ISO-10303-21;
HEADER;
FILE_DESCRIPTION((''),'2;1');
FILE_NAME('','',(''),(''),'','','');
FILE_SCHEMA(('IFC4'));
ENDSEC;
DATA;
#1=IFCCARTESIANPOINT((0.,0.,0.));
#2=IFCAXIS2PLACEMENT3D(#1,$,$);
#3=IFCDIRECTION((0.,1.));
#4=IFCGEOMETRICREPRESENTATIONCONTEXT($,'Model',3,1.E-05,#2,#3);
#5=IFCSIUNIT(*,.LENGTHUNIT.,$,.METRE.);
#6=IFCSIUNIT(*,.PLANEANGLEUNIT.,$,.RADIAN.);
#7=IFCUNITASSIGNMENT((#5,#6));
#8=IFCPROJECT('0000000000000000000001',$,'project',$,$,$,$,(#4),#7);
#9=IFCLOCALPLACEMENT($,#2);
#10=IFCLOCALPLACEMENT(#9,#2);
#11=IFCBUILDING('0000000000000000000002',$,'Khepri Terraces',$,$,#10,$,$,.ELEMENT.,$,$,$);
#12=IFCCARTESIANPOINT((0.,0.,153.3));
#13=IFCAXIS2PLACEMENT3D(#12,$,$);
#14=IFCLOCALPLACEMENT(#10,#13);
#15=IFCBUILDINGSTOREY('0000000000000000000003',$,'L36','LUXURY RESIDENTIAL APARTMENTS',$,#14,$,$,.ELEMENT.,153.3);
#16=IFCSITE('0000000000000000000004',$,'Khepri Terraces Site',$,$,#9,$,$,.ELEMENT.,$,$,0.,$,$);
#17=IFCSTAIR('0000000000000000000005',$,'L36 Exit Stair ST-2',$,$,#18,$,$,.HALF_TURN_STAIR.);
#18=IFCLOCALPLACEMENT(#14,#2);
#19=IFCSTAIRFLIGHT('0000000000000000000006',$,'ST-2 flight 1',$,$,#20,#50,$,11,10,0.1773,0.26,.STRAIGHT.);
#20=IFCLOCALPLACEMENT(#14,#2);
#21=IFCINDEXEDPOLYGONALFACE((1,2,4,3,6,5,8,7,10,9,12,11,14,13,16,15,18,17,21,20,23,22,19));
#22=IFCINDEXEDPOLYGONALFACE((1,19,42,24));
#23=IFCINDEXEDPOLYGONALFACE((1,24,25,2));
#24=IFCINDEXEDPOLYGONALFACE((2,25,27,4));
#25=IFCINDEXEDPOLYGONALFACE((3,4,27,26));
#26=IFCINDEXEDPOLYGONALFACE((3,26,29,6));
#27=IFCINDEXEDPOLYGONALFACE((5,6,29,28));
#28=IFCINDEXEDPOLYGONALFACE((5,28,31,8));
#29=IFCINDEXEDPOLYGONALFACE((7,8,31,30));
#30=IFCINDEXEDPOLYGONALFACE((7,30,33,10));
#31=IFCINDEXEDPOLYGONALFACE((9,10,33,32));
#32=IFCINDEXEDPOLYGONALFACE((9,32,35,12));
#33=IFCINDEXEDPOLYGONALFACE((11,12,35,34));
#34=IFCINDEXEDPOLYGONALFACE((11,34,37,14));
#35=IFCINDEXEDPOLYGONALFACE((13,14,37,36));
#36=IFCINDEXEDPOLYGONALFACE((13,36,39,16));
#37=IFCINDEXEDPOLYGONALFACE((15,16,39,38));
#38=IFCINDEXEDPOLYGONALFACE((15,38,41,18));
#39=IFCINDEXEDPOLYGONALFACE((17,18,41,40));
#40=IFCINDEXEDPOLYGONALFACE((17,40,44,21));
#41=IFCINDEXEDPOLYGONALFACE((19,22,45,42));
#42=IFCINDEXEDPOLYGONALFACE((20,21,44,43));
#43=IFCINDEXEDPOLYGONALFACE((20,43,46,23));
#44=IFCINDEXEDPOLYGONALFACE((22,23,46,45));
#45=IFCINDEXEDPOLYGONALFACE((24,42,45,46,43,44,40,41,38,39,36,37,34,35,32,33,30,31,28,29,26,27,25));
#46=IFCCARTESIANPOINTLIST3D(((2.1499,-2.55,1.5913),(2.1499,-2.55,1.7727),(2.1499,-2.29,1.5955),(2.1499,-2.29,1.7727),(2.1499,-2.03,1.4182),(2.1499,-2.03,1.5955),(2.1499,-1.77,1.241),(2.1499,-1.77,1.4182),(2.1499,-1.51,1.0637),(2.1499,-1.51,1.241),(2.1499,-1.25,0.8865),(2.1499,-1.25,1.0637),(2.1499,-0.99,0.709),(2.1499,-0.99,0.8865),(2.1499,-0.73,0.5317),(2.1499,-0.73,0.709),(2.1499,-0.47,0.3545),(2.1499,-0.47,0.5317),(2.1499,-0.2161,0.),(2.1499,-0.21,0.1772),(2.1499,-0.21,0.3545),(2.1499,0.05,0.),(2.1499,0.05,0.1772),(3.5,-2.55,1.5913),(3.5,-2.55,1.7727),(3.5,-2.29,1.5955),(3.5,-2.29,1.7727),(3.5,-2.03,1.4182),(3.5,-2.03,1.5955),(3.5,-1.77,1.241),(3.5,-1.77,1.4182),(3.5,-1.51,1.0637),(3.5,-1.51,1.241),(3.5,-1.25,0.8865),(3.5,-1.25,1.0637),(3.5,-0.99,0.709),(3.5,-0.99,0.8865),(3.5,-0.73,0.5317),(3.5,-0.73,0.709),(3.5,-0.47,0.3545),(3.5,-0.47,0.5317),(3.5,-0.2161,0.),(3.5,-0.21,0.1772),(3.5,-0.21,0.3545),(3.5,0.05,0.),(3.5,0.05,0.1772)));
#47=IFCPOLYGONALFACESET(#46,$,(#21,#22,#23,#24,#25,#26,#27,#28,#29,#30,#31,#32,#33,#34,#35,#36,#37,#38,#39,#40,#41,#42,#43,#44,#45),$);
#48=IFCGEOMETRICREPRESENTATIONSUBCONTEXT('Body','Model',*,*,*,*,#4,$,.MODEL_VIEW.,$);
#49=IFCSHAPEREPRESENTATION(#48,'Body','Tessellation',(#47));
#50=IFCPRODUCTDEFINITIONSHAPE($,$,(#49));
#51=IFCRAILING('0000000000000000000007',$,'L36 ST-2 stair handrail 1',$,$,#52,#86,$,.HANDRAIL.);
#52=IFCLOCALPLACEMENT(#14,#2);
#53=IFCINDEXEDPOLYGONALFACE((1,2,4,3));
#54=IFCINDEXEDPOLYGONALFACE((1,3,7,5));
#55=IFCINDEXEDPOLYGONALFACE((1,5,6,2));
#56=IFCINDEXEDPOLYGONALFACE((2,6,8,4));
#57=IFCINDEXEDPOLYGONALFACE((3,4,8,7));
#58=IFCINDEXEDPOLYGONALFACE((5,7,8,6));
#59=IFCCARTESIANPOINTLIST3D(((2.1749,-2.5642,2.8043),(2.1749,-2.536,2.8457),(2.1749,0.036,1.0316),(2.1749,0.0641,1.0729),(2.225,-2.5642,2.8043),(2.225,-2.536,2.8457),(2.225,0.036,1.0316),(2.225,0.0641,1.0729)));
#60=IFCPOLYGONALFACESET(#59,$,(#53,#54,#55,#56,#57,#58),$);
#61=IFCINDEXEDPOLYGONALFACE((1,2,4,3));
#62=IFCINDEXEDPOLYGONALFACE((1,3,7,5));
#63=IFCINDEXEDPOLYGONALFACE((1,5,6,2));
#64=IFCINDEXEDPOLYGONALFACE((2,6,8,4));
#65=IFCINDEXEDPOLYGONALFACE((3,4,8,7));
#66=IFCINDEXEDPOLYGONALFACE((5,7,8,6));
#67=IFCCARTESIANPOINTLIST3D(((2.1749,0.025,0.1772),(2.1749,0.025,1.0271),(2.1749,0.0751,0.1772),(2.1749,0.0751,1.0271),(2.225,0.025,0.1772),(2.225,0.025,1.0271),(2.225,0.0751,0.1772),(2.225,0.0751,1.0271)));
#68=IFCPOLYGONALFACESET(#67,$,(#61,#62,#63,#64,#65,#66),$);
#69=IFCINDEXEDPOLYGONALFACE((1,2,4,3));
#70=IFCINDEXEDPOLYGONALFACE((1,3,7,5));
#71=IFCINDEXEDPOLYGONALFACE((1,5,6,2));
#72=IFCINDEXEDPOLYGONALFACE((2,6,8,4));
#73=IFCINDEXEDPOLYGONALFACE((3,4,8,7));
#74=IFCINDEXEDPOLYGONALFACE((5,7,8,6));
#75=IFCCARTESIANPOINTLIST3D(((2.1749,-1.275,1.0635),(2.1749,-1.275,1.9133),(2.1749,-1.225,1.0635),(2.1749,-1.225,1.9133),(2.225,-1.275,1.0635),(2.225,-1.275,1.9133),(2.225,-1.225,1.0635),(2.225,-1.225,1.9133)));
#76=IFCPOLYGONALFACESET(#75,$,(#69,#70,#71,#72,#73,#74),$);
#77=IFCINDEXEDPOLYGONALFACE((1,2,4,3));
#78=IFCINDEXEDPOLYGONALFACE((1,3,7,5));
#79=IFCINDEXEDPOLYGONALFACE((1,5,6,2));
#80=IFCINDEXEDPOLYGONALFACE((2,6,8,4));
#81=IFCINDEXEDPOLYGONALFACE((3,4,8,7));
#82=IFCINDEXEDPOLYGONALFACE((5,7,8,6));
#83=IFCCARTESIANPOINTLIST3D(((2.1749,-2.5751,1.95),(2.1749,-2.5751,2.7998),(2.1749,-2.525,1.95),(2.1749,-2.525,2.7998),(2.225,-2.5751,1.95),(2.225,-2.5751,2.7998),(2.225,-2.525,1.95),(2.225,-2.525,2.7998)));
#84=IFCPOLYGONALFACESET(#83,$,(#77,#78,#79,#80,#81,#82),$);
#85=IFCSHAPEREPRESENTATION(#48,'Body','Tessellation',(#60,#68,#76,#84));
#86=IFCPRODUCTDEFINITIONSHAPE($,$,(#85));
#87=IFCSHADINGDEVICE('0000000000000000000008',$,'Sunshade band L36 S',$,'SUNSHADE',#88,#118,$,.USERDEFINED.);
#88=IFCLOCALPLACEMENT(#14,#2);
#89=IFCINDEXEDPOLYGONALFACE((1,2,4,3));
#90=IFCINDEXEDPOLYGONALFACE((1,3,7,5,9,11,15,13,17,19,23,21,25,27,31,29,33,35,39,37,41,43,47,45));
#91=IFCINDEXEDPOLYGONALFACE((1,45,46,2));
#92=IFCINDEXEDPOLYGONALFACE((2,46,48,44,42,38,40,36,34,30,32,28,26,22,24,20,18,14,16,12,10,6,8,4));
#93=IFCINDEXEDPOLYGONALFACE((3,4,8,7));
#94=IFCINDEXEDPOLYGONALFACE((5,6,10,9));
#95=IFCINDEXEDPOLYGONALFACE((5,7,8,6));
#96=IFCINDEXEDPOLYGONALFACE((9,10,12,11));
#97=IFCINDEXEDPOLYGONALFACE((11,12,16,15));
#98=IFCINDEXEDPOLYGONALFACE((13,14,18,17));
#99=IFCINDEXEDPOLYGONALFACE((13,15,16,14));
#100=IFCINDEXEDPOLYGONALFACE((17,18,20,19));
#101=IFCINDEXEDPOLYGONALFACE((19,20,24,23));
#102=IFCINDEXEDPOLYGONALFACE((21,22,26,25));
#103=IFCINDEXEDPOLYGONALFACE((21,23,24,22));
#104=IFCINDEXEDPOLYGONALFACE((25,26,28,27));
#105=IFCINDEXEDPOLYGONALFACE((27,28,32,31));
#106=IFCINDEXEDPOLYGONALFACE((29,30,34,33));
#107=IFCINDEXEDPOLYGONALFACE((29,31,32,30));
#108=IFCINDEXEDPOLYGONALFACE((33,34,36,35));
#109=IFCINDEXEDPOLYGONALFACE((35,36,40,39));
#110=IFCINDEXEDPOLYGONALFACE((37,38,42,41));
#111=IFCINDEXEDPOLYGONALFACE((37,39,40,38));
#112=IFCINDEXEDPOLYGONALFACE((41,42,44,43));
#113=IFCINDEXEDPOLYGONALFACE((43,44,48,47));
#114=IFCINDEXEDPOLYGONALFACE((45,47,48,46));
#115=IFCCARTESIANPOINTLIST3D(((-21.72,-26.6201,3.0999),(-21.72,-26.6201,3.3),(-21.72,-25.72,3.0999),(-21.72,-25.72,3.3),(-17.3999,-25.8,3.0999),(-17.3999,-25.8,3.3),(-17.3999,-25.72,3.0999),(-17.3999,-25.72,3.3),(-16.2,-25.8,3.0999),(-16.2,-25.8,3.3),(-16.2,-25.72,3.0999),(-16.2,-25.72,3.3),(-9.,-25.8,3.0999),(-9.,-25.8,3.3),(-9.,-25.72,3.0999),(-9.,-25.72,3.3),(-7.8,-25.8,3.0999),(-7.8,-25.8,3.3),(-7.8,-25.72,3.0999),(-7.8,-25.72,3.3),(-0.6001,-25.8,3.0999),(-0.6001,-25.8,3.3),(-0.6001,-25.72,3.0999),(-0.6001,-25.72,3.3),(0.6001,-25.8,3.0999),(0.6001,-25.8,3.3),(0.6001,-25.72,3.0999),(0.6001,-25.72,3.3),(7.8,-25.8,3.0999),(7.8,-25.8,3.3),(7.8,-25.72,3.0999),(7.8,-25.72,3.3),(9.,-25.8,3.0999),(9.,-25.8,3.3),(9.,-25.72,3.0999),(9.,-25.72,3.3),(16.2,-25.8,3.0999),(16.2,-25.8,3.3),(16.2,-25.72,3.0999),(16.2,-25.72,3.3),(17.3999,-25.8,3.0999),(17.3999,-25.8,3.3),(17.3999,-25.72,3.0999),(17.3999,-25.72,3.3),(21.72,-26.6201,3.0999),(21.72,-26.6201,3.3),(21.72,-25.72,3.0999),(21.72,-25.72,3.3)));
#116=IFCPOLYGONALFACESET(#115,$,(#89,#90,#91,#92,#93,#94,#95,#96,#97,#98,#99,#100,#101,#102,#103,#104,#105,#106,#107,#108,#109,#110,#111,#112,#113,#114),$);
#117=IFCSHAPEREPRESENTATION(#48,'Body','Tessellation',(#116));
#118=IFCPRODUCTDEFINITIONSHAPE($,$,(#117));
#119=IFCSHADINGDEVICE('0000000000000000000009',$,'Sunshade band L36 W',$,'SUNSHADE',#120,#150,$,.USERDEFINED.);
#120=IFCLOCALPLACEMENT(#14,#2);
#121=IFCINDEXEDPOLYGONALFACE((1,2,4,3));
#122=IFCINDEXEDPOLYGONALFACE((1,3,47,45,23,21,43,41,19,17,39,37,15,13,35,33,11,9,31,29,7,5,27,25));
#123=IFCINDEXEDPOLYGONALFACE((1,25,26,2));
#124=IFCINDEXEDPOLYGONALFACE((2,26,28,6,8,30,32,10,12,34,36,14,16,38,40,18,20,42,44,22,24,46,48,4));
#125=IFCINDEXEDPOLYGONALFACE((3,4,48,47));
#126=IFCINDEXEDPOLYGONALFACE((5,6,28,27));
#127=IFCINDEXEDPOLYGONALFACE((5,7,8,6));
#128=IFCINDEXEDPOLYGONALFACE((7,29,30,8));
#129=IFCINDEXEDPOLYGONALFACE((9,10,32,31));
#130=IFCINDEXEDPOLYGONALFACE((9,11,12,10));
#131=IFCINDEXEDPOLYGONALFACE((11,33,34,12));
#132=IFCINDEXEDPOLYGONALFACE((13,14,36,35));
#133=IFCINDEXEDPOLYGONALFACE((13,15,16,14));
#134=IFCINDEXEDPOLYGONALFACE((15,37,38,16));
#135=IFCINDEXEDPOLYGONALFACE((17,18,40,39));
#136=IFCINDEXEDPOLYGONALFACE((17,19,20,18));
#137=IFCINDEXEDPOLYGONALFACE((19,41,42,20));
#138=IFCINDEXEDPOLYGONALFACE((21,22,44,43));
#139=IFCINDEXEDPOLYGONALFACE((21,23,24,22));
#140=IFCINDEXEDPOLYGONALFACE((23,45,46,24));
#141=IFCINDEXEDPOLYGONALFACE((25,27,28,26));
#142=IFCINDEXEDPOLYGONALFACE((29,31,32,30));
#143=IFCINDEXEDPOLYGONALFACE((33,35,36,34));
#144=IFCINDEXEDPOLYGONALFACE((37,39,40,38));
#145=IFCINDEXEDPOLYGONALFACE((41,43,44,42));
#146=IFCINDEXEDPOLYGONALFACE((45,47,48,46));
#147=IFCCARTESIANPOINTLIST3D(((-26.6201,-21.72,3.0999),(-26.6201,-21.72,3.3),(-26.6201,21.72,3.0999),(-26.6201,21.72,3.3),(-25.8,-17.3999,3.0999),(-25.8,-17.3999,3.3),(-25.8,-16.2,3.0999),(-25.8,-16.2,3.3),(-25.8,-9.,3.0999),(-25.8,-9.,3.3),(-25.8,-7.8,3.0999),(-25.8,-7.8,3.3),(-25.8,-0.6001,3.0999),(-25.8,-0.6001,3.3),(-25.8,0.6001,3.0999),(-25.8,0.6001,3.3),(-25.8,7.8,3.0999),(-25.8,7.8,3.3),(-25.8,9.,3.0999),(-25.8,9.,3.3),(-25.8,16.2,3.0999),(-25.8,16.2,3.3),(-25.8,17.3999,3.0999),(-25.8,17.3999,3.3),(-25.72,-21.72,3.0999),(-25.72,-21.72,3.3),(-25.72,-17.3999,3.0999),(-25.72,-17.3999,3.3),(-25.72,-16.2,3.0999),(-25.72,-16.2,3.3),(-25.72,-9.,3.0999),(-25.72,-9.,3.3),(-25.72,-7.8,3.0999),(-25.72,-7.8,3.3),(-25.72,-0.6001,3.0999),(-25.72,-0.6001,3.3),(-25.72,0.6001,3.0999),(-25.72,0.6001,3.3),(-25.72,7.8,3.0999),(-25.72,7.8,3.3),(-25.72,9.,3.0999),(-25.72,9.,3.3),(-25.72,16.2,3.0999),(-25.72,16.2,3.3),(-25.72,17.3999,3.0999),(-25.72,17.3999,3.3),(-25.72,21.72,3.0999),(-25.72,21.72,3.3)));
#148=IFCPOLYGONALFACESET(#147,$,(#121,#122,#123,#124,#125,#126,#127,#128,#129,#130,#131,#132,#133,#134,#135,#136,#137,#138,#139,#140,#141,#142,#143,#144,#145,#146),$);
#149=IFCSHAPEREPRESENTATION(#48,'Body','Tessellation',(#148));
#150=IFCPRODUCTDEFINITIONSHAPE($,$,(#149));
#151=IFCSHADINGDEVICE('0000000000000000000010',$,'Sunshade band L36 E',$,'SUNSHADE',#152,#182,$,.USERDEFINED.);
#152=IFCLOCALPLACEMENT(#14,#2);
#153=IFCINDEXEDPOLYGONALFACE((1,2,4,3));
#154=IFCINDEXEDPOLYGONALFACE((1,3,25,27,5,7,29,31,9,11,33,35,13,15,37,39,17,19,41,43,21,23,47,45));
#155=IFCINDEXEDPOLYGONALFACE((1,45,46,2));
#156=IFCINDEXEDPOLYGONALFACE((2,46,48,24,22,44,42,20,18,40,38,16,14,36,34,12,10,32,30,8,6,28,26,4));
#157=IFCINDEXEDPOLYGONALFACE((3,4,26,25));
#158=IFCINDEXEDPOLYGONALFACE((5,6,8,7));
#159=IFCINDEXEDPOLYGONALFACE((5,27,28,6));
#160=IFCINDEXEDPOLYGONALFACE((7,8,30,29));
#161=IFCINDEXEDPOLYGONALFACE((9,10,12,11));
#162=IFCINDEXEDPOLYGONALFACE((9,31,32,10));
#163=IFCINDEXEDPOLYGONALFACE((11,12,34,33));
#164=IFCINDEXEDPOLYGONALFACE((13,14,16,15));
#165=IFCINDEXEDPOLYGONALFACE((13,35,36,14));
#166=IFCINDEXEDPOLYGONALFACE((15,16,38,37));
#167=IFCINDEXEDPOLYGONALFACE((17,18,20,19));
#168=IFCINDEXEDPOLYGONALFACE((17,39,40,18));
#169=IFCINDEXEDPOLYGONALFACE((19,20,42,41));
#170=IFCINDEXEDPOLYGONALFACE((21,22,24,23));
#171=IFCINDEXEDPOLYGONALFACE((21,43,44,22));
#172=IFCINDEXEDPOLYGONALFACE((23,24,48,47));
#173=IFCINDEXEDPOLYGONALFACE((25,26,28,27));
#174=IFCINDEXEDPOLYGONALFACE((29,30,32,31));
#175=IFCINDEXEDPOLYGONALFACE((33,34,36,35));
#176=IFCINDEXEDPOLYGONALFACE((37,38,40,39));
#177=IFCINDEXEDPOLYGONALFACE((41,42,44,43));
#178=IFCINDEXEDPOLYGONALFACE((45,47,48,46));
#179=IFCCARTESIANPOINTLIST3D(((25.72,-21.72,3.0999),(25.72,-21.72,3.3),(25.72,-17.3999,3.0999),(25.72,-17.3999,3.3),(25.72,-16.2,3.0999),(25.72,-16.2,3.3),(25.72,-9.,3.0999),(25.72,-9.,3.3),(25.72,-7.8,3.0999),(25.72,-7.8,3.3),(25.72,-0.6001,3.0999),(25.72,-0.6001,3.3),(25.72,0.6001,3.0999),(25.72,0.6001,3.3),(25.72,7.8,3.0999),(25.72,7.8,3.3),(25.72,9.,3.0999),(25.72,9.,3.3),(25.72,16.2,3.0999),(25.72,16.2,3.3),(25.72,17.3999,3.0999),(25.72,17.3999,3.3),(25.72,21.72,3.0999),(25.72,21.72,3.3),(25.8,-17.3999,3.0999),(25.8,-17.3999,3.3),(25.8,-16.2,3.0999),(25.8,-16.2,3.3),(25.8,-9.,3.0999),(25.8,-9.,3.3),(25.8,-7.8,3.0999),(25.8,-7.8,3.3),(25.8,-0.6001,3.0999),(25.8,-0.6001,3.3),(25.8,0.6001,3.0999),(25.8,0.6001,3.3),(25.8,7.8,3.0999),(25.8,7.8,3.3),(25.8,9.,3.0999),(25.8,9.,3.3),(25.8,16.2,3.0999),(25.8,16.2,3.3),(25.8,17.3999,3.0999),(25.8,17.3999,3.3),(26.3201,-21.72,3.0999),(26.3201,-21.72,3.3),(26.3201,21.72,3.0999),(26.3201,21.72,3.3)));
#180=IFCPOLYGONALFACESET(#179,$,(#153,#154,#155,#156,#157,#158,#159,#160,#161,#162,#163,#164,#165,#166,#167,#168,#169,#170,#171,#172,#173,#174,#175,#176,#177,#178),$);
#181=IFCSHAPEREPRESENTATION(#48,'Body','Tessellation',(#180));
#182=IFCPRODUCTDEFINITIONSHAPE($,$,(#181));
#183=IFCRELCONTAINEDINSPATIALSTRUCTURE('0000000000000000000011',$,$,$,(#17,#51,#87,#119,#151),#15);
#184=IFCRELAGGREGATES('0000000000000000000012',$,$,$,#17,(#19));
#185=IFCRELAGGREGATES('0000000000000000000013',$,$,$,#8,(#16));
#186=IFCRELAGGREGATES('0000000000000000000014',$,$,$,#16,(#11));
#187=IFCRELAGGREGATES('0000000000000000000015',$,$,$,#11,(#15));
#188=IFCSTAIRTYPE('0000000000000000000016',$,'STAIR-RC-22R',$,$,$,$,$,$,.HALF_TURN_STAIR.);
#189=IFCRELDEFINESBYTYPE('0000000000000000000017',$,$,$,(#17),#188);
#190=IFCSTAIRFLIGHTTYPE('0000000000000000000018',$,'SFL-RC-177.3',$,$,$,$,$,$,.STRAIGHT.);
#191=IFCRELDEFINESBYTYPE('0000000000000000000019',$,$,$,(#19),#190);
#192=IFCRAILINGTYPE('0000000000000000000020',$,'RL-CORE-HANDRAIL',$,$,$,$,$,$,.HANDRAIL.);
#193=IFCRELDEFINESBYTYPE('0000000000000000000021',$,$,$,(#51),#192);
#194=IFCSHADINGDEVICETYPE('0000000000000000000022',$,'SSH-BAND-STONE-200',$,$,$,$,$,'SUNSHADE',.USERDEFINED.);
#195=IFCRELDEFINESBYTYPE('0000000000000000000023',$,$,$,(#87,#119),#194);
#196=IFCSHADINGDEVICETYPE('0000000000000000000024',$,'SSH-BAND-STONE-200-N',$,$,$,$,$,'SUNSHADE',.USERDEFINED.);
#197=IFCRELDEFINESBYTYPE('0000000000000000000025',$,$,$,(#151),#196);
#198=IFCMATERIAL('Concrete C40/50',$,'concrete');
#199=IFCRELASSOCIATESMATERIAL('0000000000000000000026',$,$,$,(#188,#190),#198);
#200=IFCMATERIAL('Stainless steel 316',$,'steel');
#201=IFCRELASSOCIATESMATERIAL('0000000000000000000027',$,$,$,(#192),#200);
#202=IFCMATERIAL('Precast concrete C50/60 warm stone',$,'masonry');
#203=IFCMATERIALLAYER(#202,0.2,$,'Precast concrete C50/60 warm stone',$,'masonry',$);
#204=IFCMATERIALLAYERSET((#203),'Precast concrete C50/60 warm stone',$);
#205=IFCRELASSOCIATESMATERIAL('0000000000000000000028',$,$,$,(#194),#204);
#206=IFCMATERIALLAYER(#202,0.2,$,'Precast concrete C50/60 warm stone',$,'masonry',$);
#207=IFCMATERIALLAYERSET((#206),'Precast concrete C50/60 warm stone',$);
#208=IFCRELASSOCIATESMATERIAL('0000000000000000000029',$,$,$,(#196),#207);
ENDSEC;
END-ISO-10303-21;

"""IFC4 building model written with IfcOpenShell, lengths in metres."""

from ifc_helpers import new_model, si_unit, direction, frame, origin, origin_2d, place, context, subcontext, project, spatial, polyline, rectangle, outline, extrude, material, layer, layer_set, type_object, element, aggregate, save


model = new_model("IFC4")

# Units and contexts
model_context = context("Model", 3, precision=1e-05, world=origin(), true_north=direction((0.0, 1.0)))
body_context = subcontext(model_context, "Body", "Model", "MODEL_VIEW")
ifc_project = project(units=[si_unit("LENGTHUNIT", "METRE"), si_unit("PLANEANGLEUNIT", "RADIAN")], contexts=[model_context])

# Site, building, storey
site_placement = place(None, origin())
site = spatial("IfcSite", under=ifc_project, at=site_placement, Name="Khepri Terraces Site", CompositionType="ELEMENT", RefElevation=0.0)
building_placement = place(site_placement, origin())
building = spatial("IfcBuilding", under=site, at=building_placement, Name="Khepri Terraces", CompositionType="ELEMENT")
storey_placement = place(building_placement, frame((0.0, 0.0, 153.3)))
storey = spatial("IfcBuildingStorey", under=building, at=storey_placement, Name="L36", Description="LUXURY RESIDENTIAL APARTMENTS", CompositionType="ELEMENT", Elevation=153.3)

# Stair
ifc_material_1 = material(Name="Concrete C40/50", Category="concrete")
stair_type = type_object("IfcStairType", Name="STAIR-RC-22R", PredefinedType="HALF_TURN_STAIR", material=ifc_material_1)
stair_1_placement = place(storey_placement, origin())
stair_1 = element("IfcStair", 1, at=stair_1_placement, inside=storey, type_object=stair_type, Name="L36 Exit Stair ST-2", PredefinedType="HALF_TURN_STAIR")

# Stair flight
stair_flight_type = type_object("IfcStairFlightType", Name="SFL-RC-177.3", PredefinedType="STRAIGHT", material=ifc_material_1)
stair_flight_placement = place(storey_placement, frame((2.825, 0.05, 0.0), z_axis=(0.0, 0.0, 1.0), x_axis=(0.0, -1.0, 0.0)))
stair_flight = element("IfcStairFlight", 2, at=stair_flight_placement, type_object=stair_flight_type, Name="ST-2 flight 1", NumberOfRisers=11, NumberOfTreads=10, PredefinedType="STRAIGHT", RiserHeight=0.1773, TreadLength=0.26, context=body_context, shape_type="SweptSolid", body=[
    extrude(outline(polyline([(0.0, 0.0), (0.0, 0.1772), (0.26, 0.1772), (0.26, 0.3545), (0.52, 0.3545), (0.52, 0.5317), (0.78, 0.5317), (0.78, 0.709), (1.04, 0.709), (1.04, 0.8865), (1.3, 0.8865), (1.3, 1.0637), (1.5601, 1.0637), (1.5601, 1.241), (1.8201, 1.241), (1.8201, 1.4182), (2.0801, 1.4182), (2.0801, 1.5955), (2.3401, 1.5955), (2.3401, 1.7727), (2.6001, 1.7727), (2.6001, 1.95), (2.6001, 1.5913), (0.2661, 0.0), (0.0, 0.0)])), frame((0.0, 0.675, 0.0), z_axis=(0.0, -1.0, 0.0), x_axis=(1.0, 0.0, 0.0)), (0.0, 0.0, 1.0), 1.3501),
])
aggregate(stair_1, [stair_flight])

# Railing
ifc_material_2 = material(Name="Stainless steel 316", Category="steel")
railing_type = type_object("IfcRailingType", Name="RL-CORE-HANDRAIL", PredefinedType="HANDRAIL", material=ifc_material_2)
railing_placement = place(storey_placement, frame((2.2, 0.05, 0.1772)))
element("IfcRailing", 3, at=railing_placement, inside=storey, type_object=railing_type, Name="L36 ST-2 stair handrail 1", PredefinedType="HANDRAIL", context=body_context, shape_type="SweptSolid", body=[
    extrude(rectangle(XDim=0.05, YDim=0.05, at=origin_2d()), frame((0.0, 0.0, 0.875), z_axis=(0.0, -0.82624, 0.563318), x_axis=(1.0, 0.0, 0.0)), (0.0, 0.0, 1.0), 3.147),
    extrude(rectangle(XDim=0.05, YDim=0.05, at=origin_2d()), origin(), (0.0, 0.0, 1.0), 0.8499),
    extrude(rectangle(XDim=0.05, YDim=0.05, at=origin_2d()), frame((0.0, -1.3, 0.8862)), (0.0, 0.0, 1.0), 0.8499),
    extrude(rectangle(XDim=0.05, YDim=0.05, at=origin_2d()), frame((0.0, -2.6001, 1.7727)), (0.0, 0.0, 1.0), 0.8499),
])

# Shading devices
ifc_material_3 = material(Name="Precast concrete C50/60 warm stone", Category="masonry")
ifc_layer_1 = layer(ifc_material_3, 0.2, Name="Precast concrete C50/60 warm stone", Category="masonry")
ifc_layer_set_1 = layer_set([ifc_layer_1], Name="Precast concrete C50/60 warm stone")
shading_device_type_1 = type_object("IfcShadingDeviceType", Name="SSH-BAND-STONE-200", ElementType="SUNSHADE", PredefinedType="USERDEFINED", material=ifc_layer_set_1)
shading_device_1_placement = place(storey_placement, frame((0.0, 0.0, 3.0999)))
element("IfcShadingDevice", 4, at=shading_device_1_placement, inside=storey, type_object=shading_device_type_1, Name="Sunshade band L36 S", ObjectType="SUNSHADE", PredefinedType="USERDEFINED", context=body_context, shape_type="SweptSolid", body=[
    extrude(outline(polyline([(-17.3999, -25.72), (-21.72, -25.72), (-21.72, -26.6201), (21.72, -26.6201), (21.72, -25.72), (17.3999, -25.72), (17.3999, -25.8), (16.2, -25.8), (16.2, -25.72), (9.0, -25.72), (9.0, -25.8), (7.8, -25.8), (7.8, -25.72), (0.6001, -25.72), (0.6001, -25.8), (-0.6001, -25.8), (-0.6001, -25.72), (-7.8, -25.72), (-7.8, -25.8), (-9.0, -25.8), (-9.0, -25.72), (-16.2, -25.72), (-16.2, -25.8), (-17.3999, -25.8), (-17.3999, -25.72)])), origin(), (0.0, 0.0, 1.0), 0.2002),
])
shading_device_2_placement = place(storey_placement, frame((0.0, 0.0, 3.0999)))
element("IfcShadingDevice", 5, at=shading_device_2_placement, inside=storey, type_object=shading_device_type_1, Name="Sunshade band L36 W", ObjectType="SUNSHADE", PredefinedType="USERDEFINED", context=body_context, shape_type="SweptSolid", body=[
    extrude(outline(polyline([(-25.72, 17.3999), (-25.72, 21.72), (-26.6201, 21.72), (-26.6201, -21.72), (-25.72, -21.72), (-25.72, -17.3999), (-25.8, -17.3999), (-25.8, -16.2), (-25.72, -16.2), (-25.72, -9.0), (-25.8, -9.0), (-25.8, -7.8), (-25.72, -7.8), (-25.72, -0.6001), (-25.8, -0.6001), (-25.8, 0.6001), (-25.72, 0.6001), (-25.72, 7.8), (-25.8, 7.8), (-25.8, 9.0), (-25.72, 9.0), (-25.72, 16.2), (-25.8, 16.2), (-25.8, 17.3999), (-25.72, 17.3999)])), origin(), (0.0, 0.0, 1.0), 0.2002),
])
ifc_layer_2 = layer(ifc_material_3, 0.2, Name="Precast concrete C50/60 warm stone", Category="masonry")
ifc_layer_set_2 = layer_set([ifc_layer_2], Name="Precast concrete C50/60 warm stone")
shading_device_type_2 = type_object("IfcShadingDeviceType", Name="SSH-BAND-STONE-200-N", ElementType="SUNSHADE", PredefinedType="USERDEFINED", material=ifc_layer_set_2)
shading_device_3_placement = place(storey_placement, frame((0.0, 0.0, 3.0999)))
element("IfcShadingDevice", 6, at=shading_device_3_placement, inside=storey, type_object=shading_device_type_2, Name="Sunshade band L36 E", ObjectType="SUNSHADE", PredefinedType="USERDEFINED", context=body_context, shape_type="SweptSolid", body=[
    extrude(outline(polyline([(25.72, -17.3999), (25.72, -21.72), (26.3201, -21.72), (26.3201, 21.72), (25.72, 21.72), (25.72, 17.3999), (25.8, 17.3999), (25.8, 16.2), (25.72, 16.2), (25.72, 9.0), (25.8, 9.0), (25.8, 7.8), (25.72, 7.8), (25.72, 0.6001), (25.8, 0.6001), (25.8, -0.6001), (25.72, -0.6001), (25.72, -7.8), (25.8, -7.8), (25.8, -9.0), (25.72, -9.0), (25.72, -16.2), (25.8, -16.2), (25.8, -17.3999), (25.72, -17.3999)])), origin(), (0.0, 0.0, 1.0), 0.2002),
])

save(model, "model.ifc")
